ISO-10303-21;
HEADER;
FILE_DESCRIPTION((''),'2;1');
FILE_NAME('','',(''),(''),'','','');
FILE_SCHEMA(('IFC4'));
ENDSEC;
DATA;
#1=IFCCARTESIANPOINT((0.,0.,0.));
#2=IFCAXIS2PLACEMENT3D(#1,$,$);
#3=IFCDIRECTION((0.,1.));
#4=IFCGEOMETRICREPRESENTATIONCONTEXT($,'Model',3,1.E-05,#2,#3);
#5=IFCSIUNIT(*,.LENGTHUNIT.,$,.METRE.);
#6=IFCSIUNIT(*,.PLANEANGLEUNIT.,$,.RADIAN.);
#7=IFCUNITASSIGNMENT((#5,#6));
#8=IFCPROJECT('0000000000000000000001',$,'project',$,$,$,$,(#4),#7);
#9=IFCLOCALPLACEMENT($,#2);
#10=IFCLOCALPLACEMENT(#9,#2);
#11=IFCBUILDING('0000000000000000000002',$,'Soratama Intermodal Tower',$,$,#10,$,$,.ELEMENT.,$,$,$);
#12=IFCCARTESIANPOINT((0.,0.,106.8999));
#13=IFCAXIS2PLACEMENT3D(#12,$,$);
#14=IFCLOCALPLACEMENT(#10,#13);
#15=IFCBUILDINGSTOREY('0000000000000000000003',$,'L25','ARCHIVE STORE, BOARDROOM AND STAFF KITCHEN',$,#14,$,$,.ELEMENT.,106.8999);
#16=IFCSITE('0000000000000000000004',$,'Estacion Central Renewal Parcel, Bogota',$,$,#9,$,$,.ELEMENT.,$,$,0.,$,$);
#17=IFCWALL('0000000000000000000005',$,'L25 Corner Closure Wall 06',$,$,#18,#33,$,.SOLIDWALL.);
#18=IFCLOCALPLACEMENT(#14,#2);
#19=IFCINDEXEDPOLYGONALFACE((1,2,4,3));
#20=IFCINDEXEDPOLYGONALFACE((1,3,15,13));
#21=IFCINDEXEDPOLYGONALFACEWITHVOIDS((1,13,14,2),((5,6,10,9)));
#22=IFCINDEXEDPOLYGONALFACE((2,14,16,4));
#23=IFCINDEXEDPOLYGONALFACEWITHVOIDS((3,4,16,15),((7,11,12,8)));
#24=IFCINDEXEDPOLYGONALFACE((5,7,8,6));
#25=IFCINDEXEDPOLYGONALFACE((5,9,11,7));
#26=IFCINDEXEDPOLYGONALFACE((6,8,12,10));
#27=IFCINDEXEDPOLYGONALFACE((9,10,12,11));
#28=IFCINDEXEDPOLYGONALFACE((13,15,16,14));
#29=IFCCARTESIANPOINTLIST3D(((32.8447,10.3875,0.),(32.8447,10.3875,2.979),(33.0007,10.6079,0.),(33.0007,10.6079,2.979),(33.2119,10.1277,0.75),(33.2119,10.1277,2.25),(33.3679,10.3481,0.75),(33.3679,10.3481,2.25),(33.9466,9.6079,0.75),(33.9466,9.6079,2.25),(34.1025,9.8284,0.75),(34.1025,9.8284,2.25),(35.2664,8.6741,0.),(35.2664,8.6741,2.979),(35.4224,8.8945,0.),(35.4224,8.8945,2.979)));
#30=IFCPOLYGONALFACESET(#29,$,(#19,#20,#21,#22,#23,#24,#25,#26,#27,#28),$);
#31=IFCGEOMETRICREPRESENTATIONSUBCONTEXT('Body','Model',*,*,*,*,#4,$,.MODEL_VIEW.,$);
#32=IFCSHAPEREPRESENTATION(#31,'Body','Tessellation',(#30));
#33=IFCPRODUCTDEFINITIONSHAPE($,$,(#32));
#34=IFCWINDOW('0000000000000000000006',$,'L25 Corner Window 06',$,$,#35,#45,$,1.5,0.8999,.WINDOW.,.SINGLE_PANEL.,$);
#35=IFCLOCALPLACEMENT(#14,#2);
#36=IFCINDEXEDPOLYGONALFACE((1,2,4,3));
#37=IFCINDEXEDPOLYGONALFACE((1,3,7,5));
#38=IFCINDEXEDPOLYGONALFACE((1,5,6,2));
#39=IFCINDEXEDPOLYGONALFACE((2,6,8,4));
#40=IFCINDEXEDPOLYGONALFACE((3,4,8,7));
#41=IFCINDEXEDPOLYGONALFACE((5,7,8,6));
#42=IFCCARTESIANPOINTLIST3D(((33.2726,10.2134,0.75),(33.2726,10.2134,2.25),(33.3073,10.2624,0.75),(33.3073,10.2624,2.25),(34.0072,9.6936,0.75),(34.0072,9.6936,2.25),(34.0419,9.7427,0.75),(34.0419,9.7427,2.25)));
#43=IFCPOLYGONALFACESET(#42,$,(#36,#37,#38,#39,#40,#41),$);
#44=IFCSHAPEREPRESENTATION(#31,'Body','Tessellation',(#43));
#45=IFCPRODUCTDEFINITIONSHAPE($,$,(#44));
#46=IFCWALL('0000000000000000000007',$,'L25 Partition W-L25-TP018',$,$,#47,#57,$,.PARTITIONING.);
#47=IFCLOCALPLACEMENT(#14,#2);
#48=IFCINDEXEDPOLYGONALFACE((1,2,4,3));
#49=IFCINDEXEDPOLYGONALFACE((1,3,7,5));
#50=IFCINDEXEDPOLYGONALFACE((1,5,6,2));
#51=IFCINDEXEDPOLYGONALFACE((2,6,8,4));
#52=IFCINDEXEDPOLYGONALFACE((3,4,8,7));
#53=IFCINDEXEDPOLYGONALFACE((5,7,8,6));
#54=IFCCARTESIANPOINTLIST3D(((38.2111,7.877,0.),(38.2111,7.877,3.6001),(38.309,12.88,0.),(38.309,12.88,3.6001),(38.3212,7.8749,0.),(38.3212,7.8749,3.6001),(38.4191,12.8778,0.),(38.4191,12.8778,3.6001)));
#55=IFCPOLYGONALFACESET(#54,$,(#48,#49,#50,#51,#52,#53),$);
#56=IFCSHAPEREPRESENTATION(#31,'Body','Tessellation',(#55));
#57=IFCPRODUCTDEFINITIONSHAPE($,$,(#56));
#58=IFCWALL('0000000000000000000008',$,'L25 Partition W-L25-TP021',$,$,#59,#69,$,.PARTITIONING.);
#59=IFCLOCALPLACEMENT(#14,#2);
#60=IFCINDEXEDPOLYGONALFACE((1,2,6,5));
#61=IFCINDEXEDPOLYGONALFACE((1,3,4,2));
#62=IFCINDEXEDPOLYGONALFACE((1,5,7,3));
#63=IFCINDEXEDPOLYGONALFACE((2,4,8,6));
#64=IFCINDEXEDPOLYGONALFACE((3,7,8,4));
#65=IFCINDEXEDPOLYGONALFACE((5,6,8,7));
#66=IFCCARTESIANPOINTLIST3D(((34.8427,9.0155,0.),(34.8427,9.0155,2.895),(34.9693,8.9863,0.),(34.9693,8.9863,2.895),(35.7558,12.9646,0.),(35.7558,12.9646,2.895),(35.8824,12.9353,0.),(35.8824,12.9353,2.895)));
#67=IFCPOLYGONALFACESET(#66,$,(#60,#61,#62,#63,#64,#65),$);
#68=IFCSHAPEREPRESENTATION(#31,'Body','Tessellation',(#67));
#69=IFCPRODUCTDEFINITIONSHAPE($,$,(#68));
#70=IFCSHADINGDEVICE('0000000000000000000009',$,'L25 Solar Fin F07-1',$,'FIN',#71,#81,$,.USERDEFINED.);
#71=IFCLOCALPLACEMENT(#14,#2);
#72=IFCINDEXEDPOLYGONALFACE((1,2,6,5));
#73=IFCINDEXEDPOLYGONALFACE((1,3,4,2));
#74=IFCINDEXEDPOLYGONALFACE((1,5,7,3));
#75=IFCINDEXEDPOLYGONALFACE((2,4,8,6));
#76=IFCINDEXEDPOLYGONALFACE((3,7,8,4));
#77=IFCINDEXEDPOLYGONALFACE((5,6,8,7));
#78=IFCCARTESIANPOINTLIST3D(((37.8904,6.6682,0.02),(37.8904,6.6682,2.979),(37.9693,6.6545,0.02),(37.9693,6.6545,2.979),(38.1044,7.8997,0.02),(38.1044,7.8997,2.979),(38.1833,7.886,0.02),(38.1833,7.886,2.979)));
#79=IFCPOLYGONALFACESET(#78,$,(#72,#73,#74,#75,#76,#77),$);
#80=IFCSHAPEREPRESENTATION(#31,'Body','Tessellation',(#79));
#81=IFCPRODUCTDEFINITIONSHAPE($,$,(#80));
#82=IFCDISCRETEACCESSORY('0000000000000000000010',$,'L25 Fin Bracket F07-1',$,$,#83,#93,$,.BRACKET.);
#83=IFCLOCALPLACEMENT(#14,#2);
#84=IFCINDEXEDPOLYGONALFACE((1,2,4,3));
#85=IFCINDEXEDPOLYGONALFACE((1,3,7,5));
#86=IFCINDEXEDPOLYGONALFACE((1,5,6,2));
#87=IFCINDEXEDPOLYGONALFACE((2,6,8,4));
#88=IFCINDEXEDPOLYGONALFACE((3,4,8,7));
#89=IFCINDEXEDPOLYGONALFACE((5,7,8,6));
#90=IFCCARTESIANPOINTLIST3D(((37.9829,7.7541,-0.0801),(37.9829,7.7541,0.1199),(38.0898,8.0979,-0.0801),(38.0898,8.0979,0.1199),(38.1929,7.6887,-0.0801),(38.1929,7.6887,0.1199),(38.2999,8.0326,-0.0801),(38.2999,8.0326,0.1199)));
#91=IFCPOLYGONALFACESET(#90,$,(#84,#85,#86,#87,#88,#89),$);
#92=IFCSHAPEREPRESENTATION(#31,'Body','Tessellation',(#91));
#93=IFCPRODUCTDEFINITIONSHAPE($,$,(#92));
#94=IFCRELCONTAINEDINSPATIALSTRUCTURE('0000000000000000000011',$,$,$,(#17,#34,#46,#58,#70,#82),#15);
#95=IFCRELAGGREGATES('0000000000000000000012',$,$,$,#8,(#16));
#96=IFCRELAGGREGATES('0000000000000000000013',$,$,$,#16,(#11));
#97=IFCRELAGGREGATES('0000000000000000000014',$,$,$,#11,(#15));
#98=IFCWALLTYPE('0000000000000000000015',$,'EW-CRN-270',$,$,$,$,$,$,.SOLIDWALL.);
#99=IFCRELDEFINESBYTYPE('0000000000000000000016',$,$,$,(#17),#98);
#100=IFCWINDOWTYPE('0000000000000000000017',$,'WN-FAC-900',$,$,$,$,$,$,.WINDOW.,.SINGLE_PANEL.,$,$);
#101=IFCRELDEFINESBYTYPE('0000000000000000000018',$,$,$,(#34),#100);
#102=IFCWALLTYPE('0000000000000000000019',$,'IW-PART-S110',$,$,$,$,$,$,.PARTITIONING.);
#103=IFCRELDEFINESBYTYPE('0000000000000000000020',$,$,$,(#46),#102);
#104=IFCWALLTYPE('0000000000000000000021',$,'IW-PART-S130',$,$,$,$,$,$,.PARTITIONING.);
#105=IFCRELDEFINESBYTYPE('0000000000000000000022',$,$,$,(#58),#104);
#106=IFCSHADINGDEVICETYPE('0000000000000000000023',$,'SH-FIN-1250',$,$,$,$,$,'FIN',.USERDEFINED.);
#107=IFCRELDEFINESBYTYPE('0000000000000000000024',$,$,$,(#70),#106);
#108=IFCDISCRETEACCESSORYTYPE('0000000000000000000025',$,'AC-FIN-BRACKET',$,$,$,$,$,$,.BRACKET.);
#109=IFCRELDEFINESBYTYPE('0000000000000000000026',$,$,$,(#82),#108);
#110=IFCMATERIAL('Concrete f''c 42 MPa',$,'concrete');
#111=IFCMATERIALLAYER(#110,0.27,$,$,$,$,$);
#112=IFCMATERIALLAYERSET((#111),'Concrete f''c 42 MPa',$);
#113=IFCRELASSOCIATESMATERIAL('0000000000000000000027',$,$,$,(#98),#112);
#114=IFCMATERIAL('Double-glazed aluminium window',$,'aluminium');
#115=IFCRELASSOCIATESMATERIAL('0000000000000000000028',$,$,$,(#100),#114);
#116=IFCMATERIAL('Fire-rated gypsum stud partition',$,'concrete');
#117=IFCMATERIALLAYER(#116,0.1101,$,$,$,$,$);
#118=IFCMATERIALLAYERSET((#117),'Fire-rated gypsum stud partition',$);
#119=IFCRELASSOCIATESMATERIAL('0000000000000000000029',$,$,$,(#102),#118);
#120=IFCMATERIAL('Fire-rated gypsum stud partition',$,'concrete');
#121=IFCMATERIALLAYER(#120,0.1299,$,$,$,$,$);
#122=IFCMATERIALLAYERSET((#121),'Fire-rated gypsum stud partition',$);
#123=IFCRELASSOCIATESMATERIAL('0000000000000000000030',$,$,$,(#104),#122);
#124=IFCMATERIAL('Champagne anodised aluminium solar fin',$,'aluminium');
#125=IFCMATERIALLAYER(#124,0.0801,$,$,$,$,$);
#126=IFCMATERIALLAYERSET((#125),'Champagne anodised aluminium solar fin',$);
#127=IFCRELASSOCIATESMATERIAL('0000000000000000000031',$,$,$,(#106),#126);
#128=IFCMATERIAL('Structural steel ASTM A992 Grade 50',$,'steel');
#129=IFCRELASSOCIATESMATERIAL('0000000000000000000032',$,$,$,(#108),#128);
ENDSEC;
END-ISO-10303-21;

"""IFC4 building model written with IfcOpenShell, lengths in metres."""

from ifc_helpers import new_model, si_unit, direction, frame, frame_2d, origin, origin_2d, place, context, subcontext, project, spatial, rectangle, extrude, material, layer, layer_set, type_object, element, fill, save


model = new_model("IFC4")

# Units and contexts
model_context = context("Model", 3, precision=1e-05, world=origin(), true_north=direction((0.0, 1.0)))
body_context = subcontext(model_context, "Body", "Model", "MODEL_VIEW")
ifc_project = project(units=[si_unit("LENGTHUNIT", "METRE"), si_unit("PLANEANGLEUNIT", "RADIAN")], contexts=[model_context])

# Site, building, storey
site_placement = place(None, origin())
site = spatial("IfcSite", under=ifc_project, at=site_placement, Name="Estacion Central Renewal Parcel, Bogota", CompositionType="ELEMENT", RefElevation=0.0)
building_placement = place(site_placement, origin())
building = spatial("IfcBuilding", under=site, at=building_placement, Name="Soratama Intermodal Tower", CompositionType="ELEMENT")
storey_placement = place(building_placement, frame((0.0, 0.0, 106.8999)))
storey = spatial("IfcBuildingStorey", under=building, at=storey_placement, Name="L25", Description="ARCHIVE STORE, BOARDROOM AND STAFF KITCHEN", CompositionType="ELEMENT", Elevation=106.8999)

# Wall, opening, window
ifc_material_1 = material(Name="Concrete f'c 42 MPa", Category="concrete")
ifc_layer_1 = layer(ifc_material_1, 0.27)
ifc_layer_set_1 = layer_set([ifc_layer_1], Name="Concrete f'c 42 MPa")
wall_type_1 = type_object("IfcWallType", Name="EW-CRN-270", PredefinedType="SOLIDWALL", material=ifc_layer_set_1)
wall_1_placement = place(storey_placement, frame((32.9226, 10.4978, 0.0), z_axis=(0.0, 0.0, 1.0), x_axis=(0.816333, -0.577581, 0.0)))
wall_1 = element("IfcWall", 1, at=wall_1_placement, inside=storey, type_object=wall_type_1, Name="L25 Corner Closure Wall 06", PredefinedType="SOLIDWALL", context=body_context, shape_type="SweptSolid", body=[
    extrude(rectangle(XDim=2.9666, YDim=0.27, at=frame_2d((1.4834, 0.0))), origin(), (0.0, 0.0, 1.0), 2.979),
])
opening_1_placement = place(wall_1_placement, frame((0.45, 0.0, 0.75)))
opening_1 = element("IfcOpeningElement", 2, at=opening_1_placement, cuts=wall_1, PredefinedType="OPENING", context=body_context, shape_type="SweptSolid", body=[
    extrude(rectangle(XDim=0.8999, YDim=1.5, at=frame_2d((0.45, 0.75))), frame((0.0, 0.145, 0.0), z_axis=(0.0, -1.0, 0.0), x_axis=(1.0, 0.0, 0.0)), (0.0, 0.0, 1.0), 0.29),
])
ifc_material_2 = material(Name="Double-glazed aluminium window", Category="aluminium")
window_type = type_object("IfcWindowType", Name="WN-FAC-900", PartitioningType="SINGLE_PANEL", PredefinedType="WINDOW", material=ifc_material_2)
window_placement = place(opening_1_placement, origin())
window = element("IfcWindow", 3, at=window_placement, inside=storey, type_object=window_type, Name="L25 Corner Window 06", OverallHeight=1.5, OverallWidth=0.8999, PartitioningType="SINGLE_PANEL", PredefinedType="WINDOW", context=body_context, shape_type="SweptSolid", body=[
    extrude(rectangle(XDim=0.8999, YDim=1.5, at=frame_2d((0.45, 0.75))), frame((0.0, 0.03, 0.0), z_axis=(0.0, -1.0, 0.0), x_axis=(1.0, 0.0, 0.0)), (0.0, 0.0, 1.0), 0.0601),
])
fill(opening_1, window)

# Walls
ifc_material_3 = material(Name="Fire-rated gypsum stud partition", Category="concrete")
ifc_layer_2 = layer(ifc_material_3, 0.1101)
ifc_layer_set_2 = layer_set([ifc_layer_2], Name="Fire-rated gypsum stud partition")
wall_type_2 = type_object("IfcWallType", Name="IW-PART-S110", PredefinedType="PARTITIONING", material=ifc_layer_set_2)
wall_2_placement = place(storey_placement, frame((38.364, 12.8789, 0.0), z_axis=(0.0, 0.0, 1.0), x_axis=(-0.019565, -0.999809, 0.0)))
element("IfcWall", 4, at=wall_2_placement, inside=storey, type_object=wall_type_2, Name="L25 Partition W-L25-TP018", PredefinedType="PARTITIONING", context=body_context, shape_type="SweptSolid", body=[
    extrude(rectangle(XDim=5.0039, YDim=0.1101, at=frame_2d((2.502, 0.0))), origin(), (0.0, 0.0, 1.0), 3.6001),
])
ifc_material_4 = material(Name="Fire-rated gypsum stud partition", Category="concrete")
ifc_layer_3 = layer(ifc_material_4, 0.1299)
ifc_layer_set_3 = layer_set([ifc_layer_3], Name="Fire-rated gypsum stud partition")
wall_type_3 = type_object("IfcWallType", Name="IW-PART-S130", PredefinedType="PARTITIONING", material=ifc_layer_set_3)
wall_3_placement = place(storey_placement, frame((35.8191, 12.95, 0.0), z_axis=(0.0, 0.0, 1.0), x_axis=(-0.225277, -0.974295, 0.0)))
element("IfcWall", 5, at=wall_3_placement, inside=storey, type_object=wall_type_3, Name="L25 Partition W-L25-TP021", PredefinedType="PARTITIONING", context=body_context, shape_type="SweptSolid", body=[
    extrude(rectangle(XDim=4.0532, YDim=0.1299, at=frame_2d((2.0266, 0.0))), origin(), (0.0, 0.0, 1.0), 2.895),
])

# Shading device
ifc_material_5 = material(Name="Champagne anodised aluminium solar fin", Category="aluminium")
ifc_layer_4 = layer(ifc_material_5, 0.0801)
ifc_layer_set_4 = layer_set([ifc_layer_4], Name="Champagne anodised aluminium solar fin")
shading_device_type = type_object("IfcShadingDeviceType", Name="SH-FIN-1250", ElementType="FIN", PredefinedType="USERDEFINED", material=ifc_layer_set_4)
shading_device_placement = place(storey_placement, frame((38.0369, 7.2771, 0.02), z_axis=(0.0, 0.0, 1.0), x_axis=(-0.171241, -0.985229, 0.0)))
element("IfcShadingDevice", 6, at=shading_device_placement, inside=storey, type_object=shading_device_type, Name="L25 Solar Fin F07-1", ObjectType="FIN", PredefinedType="USERDEFINED", context=body_context, shape_type="SweptSolid", body=[
    extrude(rectangle(XDim=1.25, YDim=0.0801, at=origin_2d()), origin(), (0.0, 0.0, 1.0), 2.959),
])

# Discrete accessory
ifc_material_6 = material(Name="Structural steel ASTM A992 Grade 50", Category="steel")
discrete_accessory_type = type_object("IfcDiscreteAccessoryType", Name="AC-FIN-BRACKET", PredefinedType="BRACKET", material=ifc_material_6)
discrete_accessory_placement = place(storey_placement, frame((38.1414, 7.8933, -0.0801), z_axis=(0.0, 0.0, 1.0), x_axis=(-0.297042, -0.954865, 0.0)))
element("IfcDiscreteAccessory", 7, at=discrete_accessory_placement, inside=storey, type_object=discrete_accessory_type, Name="L25 Fin Bracket F07-1", PredefinedType="BRACKET", context=body_context, shape_type="SweptSolid", body=[
    extrude(rectangle(XDim=0.3601, YDim=0.22, at=origin_2d()), origin(), (0.0, 0.0, 1.0), 0.2),
])

save(model, "model.ifc")
